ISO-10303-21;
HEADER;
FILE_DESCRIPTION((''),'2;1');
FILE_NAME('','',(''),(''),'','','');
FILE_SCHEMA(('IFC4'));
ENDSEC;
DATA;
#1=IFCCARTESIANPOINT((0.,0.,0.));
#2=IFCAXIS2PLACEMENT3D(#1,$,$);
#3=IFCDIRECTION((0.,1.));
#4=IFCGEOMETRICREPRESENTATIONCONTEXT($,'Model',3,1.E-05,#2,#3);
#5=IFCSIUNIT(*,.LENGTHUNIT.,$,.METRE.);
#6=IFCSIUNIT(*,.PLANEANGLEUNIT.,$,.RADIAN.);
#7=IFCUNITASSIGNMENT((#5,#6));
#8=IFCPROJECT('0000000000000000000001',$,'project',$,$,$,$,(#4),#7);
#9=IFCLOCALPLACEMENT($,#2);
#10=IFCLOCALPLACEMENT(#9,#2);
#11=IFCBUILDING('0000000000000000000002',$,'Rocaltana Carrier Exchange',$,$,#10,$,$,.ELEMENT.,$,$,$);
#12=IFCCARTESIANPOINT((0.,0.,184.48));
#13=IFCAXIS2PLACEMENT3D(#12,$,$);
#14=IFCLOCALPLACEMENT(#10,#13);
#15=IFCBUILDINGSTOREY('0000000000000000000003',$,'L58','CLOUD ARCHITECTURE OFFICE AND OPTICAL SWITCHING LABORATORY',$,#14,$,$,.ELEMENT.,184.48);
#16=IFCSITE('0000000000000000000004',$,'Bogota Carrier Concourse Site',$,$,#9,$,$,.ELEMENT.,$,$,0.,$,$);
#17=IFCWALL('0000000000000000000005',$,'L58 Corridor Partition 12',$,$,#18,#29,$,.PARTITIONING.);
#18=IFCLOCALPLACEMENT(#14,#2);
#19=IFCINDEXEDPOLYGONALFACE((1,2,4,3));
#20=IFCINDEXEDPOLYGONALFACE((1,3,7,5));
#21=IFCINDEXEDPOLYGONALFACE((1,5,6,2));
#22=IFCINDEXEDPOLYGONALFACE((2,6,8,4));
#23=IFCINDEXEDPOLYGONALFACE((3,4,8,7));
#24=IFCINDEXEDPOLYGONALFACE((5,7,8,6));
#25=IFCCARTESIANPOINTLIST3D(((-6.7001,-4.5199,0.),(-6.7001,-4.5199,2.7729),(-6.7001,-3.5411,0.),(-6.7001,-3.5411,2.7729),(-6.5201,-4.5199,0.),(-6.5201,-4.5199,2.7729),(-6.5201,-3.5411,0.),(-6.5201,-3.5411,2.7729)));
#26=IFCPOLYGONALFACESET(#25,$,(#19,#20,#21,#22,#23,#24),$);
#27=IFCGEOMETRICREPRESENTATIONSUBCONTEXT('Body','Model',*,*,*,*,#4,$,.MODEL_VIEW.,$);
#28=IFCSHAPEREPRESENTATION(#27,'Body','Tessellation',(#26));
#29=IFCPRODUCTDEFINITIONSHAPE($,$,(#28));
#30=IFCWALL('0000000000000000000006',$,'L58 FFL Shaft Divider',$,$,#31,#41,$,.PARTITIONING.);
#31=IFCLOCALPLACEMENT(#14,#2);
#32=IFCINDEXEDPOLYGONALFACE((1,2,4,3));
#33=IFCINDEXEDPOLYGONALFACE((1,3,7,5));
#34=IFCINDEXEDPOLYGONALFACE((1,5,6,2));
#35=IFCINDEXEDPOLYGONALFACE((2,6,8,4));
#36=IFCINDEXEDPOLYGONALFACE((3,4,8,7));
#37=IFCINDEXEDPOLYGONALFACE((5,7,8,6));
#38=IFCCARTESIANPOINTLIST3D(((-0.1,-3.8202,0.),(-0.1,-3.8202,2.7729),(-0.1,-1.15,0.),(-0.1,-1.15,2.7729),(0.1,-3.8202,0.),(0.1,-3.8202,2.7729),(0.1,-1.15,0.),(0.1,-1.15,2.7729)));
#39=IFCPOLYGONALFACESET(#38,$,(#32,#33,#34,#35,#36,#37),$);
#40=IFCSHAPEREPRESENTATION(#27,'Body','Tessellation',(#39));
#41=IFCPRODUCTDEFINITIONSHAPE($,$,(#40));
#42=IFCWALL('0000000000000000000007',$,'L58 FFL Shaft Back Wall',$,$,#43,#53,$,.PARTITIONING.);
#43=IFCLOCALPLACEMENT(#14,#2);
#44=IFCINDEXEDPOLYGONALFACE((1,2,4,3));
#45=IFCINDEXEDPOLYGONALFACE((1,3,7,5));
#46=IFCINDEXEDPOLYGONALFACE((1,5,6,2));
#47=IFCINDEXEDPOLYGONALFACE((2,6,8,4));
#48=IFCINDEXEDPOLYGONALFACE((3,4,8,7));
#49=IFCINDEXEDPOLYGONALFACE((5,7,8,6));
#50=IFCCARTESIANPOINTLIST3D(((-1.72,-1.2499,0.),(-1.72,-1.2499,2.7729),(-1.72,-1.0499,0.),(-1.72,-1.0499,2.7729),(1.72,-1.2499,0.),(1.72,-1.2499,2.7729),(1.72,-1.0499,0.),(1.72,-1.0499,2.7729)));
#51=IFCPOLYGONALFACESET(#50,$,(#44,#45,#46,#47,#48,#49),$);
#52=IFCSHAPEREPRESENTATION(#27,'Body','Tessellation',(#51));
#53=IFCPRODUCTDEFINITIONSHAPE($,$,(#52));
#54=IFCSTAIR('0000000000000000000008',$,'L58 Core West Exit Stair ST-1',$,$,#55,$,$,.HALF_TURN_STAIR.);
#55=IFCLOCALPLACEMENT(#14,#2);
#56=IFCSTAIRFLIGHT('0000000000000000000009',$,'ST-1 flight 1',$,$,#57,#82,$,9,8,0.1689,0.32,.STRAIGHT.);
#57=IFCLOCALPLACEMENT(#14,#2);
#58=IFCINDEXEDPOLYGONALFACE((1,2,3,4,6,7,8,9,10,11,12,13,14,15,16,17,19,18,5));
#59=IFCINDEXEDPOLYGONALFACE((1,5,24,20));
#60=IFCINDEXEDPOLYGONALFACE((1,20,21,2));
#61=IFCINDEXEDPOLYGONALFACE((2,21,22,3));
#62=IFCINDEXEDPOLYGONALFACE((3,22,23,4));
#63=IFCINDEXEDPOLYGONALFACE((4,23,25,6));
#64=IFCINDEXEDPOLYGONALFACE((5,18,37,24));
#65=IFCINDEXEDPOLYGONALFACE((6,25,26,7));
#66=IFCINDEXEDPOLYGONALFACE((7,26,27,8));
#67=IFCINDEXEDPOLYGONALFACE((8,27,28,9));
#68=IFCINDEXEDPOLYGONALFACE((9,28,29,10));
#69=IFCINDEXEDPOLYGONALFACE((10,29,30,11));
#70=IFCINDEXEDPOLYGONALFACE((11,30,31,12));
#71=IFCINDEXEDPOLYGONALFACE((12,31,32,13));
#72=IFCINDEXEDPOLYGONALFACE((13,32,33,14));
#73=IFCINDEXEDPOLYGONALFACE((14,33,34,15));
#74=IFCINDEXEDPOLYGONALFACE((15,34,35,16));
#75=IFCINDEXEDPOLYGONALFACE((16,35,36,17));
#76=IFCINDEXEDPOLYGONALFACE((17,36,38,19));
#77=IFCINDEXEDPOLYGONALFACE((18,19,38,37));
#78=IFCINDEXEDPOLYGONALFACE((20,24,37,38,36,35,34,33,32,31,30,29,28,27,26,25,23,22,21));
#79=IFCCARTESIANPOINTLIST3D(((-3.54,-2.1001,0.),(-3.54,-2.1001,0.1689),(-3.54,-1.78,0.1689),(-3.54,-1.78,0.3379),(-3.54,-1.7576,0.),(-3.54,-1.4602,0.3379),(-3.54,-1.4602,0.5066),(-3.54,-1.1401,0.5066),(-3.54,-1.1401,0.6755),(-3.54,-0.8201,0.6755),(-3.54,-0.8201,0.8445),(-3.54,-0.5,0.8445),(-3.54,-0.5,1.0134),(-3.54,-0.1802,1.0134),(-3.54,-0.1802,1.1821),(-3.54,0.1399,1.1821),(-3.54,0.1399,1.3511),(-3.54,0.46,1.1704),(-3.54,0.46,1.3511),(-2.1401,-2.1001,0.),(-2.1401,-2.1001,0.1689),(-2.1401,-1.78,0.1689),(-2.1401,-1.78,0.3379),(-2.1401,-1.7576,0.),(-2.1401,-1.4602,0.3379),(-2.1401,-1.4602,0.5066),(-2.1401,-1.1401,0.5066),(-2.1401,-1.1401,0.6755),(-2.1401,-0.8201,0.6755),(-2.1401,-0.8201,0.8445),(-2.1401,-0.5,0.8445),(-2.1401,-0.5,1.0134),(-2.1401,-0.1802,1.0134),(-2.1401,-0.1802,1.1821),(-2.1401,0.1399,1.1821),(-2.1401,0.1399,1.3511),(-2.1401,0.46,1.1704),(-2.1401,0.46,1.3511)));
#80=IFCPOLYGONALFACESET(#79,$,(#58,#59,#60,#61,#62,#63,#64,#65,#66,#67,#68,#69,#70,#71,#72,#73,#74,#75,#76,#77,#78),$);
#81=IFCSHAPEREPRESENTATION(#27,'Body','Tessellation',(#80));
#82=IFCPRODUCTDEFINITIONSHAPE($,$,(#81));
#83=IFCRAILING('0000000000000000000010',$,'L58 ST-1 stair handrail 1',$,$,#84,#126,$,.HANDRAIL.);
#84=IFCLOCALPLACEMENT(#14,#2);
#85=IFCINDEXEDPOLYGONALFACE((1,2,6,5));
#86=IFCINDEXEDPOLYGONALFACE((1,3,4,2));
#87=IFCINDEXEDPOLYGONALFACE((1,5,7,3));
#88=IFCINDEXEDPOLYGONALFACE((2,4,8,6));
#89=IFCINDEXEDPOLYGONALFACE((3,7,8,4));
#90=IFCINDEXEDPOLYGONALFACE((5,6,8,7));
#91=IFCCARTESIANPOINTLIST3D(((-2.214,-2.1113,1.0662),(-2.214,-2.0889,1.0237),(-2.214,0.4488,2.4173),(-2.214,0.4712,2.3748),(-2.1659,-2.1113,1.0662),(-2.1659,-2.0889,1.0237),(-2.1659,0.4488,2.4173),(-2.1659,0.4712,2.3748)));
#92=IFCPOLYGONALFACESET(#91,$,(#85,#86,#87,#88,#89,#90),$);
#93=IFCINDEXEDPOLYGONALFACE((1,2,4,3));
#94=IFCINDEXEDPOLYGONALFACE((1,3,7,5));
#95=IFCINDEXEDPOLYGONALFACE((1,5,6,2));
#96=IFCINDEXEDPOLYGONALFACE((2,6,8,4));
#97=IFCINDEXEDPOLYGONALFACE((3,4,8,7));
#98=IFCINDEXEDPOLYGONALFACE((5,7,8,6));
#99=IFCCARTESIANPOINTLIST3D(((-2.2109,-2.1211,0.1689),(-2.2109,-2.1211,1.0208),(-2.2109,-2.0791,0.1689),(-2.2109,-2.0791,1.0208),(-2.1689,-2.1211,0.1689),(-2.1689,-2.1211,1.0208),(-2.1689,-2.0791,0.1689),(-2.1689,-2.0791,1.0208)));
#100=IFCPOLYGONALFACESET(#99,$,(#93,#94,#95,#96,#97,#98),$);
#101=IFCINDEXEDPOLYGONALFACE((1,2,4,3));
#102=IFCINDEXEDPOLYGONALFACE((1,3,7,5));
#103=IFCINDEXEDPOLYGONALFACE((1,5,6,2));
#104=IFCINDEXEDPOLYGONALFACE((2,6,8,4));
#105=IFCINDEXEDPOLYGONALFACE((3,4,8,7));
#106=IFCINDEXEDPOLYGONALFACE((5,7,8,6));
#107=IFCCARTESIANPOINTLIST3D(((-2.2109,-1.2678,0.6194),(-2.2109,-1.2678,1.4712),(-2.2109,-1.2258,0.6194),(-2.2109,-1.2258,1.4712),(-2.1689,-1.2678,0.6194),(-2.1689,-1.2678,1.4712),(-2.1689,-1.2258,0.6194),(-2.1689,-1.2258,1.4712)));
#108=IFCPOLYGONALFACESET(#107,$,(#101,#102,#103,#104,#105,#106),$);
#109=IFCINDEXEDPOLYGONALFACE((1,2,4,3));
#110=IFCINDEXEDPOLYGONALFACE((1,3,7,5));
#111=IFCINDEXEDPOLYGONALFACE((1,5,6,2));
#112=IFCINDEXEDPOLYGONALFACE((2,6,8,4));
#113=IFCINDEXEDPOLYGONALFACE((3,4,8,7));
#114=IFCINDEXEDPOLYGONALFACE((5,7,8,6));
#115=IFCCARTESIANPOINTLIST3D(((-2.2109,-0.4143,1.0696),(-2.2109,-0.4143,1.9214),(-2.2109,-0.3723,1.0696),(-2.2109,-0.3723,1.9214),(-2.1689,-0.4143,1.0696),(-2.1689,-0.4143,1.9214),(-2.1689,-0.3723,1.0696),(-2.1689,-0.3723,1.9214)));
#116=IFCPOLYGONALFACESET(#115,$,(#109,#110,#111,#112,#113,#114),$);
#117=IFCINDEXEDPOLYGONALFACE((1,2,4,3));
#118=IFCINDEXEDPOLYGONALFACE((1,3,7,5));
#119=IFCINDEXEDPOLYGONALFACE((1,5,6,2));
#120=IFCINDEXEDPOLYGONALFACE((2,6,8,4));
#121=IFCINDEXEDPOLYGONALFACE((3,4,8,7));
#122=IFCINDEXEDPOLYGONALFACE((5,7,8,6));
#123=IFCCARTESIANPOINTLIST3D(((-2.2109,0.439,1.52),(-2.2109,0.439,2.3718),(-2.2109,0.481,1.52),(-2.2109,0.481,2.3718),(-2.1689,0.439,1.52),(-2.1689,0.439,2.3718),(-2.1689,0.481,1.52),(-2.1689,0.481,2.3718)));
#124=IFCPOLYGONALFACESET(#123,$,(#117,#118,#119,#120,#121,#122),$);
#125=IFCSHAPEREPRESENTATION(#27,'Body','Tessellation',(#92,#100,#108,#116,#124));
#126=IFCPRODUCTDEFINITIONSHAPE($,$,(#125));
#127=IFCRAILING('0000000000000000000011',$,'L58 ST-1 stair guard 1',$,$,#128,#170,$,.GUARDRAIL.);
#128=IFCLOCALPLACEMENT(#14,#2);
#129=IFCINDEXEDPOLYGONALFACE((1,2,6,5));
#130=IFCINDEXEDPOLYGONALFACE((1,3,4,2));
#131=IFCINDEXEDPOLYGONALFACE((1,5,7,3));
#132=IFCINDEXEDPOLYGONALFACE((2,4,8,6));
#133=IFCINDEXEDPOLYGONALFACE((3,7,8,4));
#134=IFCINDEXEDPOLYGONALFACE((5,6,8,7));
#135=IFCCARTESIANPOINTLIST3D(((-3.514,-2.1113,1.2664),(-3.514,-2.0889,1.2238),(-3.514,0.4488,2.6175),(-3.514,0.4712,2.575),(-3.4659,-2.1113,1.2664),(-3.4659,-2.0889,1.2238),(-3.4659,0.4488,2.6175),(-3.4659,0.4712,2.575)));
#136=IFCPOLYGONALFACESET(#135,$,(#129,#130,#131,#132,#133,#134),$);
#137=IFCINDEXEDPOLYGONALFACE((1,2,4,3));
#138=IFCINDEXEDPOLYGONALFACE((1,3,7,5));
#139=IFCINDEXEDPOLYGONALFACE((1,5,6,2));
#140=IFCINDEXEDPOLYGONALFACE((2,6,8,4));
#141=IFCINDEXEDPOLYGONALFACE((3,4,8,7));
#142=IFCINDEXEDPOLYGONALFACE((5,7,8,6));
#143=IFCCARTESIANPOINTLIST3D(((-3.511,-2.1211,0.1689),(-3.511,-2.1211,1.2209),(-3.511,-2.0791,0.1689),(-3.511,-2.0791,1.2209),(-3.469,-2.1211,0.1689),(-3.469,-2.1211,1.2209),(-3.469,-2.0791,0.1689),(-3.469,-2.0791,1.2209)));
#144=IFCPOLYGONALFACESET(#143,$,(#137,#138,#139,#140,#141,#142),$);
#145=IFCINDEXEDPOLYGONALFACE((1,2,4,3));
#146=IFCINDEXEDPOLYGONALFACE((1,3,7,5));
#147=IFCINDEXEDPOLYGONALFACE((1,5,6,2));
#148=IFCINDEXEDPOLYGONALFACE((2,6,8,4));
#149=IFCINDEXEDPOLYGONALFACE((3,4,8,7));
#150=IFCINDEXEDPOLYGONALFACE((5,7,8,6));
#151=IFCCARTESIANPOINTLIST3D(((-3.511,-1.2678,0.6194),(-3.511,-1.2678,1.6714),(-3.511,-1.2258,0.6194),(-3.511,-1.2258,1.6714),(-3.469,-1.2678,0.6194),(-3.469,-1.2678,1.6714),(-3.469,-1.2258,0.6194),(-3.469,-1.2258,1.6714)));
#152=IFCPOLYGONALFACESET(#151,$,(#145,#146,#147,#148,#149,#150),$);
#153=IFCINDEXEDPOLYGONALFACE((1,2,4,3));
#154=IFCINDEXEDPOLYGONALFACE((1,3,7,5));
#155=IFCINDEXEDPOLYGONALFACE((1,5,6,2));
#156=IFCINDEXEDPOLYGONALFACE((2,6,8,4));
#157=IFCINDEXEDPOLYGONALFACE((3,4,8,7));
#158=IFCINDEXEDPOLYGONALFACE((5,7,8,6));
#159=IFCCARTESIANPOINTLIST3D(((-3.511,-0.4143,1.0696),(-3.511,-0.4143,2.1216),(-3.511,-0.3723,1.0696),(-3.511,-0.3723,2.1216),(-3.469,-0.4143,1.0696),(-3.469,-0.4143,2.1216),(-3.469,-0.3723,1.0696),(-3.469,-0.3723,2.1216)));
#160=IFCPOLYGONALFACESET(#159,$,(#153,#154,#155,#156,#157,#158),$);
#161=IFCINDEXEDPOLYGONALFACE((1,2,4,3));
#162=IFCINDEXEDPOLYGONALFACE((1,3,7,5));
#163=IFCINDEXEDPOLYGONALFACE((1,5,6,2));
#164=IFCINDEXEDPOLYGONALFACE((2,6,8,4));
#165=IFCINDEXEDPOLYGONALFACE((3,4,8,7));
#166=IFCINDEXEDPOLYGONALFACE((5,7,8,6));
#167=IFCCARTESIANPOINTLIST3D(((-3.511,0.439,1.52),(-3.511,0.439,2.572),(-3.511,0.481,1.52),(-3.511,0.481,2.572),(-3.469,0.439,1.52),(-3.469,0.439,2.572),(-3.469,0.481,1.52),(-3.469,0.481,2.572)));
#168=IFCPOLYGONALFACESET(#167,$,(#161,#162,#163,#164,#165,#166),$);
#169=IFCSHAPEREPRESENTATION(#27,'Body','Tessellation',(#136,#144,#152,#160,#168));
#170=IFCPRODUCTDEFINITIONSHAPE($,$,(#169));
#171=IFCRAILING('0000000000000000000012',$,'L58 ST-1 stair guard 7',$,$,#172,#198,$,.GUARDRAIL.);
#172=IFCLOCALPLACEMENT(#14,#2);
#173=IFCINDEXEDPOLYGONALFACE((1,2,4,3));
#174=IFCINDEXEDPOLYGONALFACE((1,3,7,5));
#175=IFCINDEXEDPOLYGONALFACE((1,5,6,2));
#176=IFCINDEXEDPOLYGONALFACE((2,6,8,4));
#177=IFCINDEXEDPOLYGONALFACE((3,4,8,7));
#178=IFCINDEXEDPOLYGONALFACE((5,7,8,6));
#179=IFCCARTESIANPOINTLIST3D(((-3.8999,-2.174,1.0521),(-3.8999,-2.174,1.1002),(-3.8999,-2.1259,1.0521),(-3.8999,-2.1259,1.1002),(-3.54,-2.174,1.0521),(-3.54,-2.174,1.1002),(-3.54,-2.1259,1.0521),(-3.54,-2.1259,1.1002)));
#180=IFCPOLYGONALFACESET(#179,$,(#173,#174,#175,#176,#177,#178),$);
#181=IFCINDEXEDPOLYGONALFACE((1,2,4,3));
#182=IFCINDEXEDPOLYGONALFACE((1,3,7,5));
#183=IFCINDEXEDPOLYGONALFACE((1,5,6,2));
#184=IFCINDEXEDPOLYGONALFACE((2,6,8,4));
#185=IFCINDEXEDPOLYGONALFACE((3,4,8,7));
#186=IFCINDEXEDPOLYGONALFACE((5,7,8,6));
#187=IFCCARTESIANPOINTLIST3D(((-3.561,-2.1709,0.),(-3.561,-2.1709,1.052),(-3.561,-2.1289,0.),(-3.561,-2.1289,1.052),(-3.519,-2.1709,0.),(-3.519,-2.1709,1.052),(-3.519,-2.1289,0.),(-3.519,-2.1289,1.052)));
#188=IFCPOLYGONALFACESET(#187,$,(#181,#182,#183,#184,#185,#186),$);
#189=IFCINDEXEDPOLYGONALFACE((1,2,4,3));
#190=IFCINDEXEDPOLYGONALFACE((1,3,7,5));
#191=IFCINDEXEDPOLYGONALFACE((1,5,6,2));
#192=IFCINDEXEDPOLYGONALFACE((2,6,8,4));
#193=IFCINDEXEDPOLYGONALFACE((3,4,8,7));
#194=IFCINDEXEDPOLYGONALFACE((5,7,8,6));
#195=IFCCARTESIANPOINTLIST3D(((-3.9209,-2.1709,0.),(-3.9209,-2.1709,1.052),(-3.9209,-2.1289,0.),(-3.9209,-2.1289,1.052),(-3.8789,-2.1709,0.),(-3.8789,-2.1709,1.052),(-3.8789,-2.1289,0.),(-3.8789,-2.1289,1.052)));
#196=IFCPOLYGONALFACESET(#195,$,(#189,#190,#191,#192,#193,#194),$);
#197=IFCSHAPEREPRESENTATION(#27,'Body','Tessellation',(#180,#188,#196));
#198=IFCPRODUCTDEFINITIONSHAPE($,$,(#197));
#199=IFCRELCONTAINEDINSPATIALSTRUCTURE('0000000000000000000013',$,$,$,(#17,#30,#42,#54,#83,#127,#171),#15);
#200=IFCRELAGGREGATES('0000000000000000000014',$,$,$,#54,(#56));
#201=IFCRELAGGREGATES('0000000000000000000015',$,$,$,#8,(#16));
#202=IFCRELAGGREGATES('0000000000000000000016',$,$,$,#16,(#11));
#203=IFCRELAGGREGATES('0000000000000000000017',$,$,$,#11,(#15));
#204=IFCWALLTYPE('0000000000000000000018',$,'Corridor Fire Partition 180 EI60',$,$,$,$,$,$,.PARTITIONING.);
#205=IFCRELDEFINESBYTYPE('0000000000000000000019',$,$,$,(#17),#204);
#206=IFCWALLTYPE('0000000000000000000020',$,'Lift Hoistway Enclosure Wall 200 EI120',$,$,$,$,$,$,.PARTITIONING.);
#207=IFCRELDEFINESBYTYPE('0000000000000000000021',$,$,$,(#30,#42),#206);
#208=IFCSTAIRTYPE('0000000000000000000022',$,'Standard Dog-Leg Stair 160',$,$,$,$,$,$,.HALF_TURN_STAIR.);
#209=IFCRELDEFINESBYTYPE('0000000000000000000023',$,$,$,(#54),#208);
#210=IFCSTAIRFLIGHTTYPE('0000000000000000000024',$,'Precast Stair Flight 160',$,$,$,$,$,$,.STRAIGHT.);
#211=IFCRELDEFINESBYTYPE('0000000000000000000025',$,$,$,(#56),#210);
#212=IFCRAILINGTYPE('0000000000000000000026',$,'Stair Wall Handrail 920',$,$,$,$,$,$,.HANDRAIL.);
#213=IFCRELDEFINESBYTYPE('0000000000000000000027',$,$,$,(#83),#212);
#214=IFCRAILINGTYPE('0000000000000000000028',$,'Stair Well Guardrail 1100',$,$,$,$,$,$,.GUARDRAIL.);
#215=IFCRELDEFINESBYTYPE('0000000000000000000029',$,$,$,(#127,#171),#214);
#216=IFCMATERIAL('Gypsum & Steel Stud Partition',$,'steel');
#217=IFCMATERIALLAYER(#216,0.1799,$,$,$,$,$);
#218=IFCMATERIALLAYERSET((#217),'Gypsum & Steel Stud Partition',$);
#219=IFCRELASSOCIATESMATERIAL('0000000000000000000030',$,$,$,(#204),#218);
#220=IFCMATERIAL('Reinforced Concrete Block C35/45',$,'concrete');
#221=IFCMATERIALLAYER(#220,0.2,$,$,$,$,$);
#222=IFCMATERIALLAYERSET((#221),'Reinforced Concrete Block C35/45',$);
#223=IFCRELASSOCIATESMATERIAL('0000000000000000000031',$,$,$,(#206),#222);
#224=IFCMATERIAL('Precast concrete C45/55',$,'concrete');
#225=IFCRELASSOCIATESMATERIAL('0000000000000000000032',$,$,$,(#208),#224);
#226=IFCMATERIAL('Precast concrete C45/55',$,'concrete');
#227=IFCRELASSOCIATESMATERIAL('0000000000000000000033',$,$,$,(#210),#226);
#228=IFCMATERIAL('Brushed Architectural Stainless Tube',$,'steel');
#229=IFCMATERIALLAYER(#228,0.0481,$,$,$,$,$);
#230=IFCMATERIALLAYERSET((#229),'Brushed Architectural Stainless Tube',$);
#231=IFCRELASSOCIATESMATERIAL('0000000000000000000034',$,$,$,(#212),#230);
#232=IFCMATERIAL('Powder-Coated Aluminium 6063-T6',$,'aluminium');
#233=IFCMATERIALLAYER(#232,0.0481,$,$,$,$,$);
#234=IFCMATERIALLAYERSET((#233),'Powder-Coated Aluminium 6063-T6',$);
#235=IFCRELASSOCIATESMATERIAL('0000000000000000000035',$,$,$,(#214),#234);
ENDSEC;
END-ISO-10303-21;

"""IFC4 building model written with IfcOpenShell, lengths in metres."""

from ifc_helpers import new_model, si_unit, direction, frame, frame_2d, origin, origin_2d, place, context, subcontext, project, spatial, polyline, rectangle, outline, extrude, material, layer, layer_set, type_object, element, aggregate, save


model = new_model("IFC4")

# Units and contexts
model_context = context("Model", 3, precision=1e-05, world=origin(), true_north=direction((0.0, 1.0)))
body_context = subcontext(model_context, "Body", "Model", "MODEL_VIEW")
ifc_project = project(units=[si_unit("LENGTHUNIT", "METRE"), si_unit("PLANEANGLEUNIT", "RADIAN")], contexts=[model_context])

# Site, building, storey
site_placement = place(None, origin())
site = spatial("IfcSite", under=ifc_project, at=site_placement, Name="Bogota Carrier Concourse Site", CompositionType="ELEMENT", RefElevation=0.0)
building_placement = place(site_placement, origin())
building = spatial("IfcBuilding", under=site, at=building_placement, Name="Rocaltana Carrier Exchange", CompositionType="ELEMENT")
storey_placement = place(building_placement, frame((0.0, 0.0, 184.48)))
storey = spatial("IfcBuildingStorey", under=building, at=storey_placement, Name="L58", Description="CLOUD ARCHITECTURE OFFICE AND OPTICAL SWITCHING LABORATORY", CompositionType="ELEMENT", Elevation=184.48)

# Walls
ifc_material_1 = material(Name="Gypsum & Steel Stud Partition", Category="steel")
ifc_layer_1 = layer(ifc_material_1, 0.1799)
ifc_layer_set_1 = layer_set([ifc_layer_1], Name="Gypsum & Steel Stud Partition")
wall_type_1 = type_object("IfcWallType", Name="Corridor Fire Partition 180 EI60", PredefinedType="PARTITIONING", material=ifc_layer_set_1)
wall_1_placement = place(storey_placement, frame((-6.6101, -3.5413, 0.0), z_axis=(0.0, 0.0, 1.0), x_axis=(0.0, -1.0, 0.0)))
element("IfcWall", 1, at=wall_1_placement, inside=storey, type_object=wall_type_1, Name="L58 Corridor Partition 12", PredefinedType="PARTITIONING", context=body_context, shape_type="SweptSolid", body=[
    extrude(rectangle(XDim=0.9788, YDim=0.1799, at=frame_2d((0.4893, 0.0))), origin(), (0.0, 0.0, 1.0), 2.7729),
])
ifc_material_2 = material(Name="Reinforced Concrete Block C35/45", Category="concrete")
ifc_layer_2 = layer(ifc_material_2, 0.2)
ifc_layer_set_2 = layer_set([ifc_layer_2], Name="Reinforced Concrete Block C35/45")
wall_type_2 = type_object("IfcWallType", Name="Lift Hoistway Enclosure Wall 200 EI120", PredefinedType="PARTITIONING", material=ifc_layer_set_2)
wall_2_placement = place(storey_placement, frame((0.0, -3.8201, 0.0), z_axis=(0.0, 0.0, 1.0), x_axis=(0.0, 1.0, 0.0)))
element("IfcWall", 2, at=wall_2_placement, inside=storey, type_object=wall_type_2, Name="L58 FFL Shaft Divider", PredefinedType="PARTITIONING", context=body_context, shape_type="SweptSolid", body=[
    extrude(rectangle(XDim=2.6702, YDim=0.2, at=frame_2d((1.335, 0.0))), origin(), (0.0, 0.0, 1.0), 2.7729),
])
wall_3_placement = place(storey_placement, frame((-1.72, -1.1499, 0.0), z_axis=(0.0, 0.0, 1.0), x_axis=(1.0, 0.0, 0.0)))
element("IfcWall", 3, at=wall_3_placement, inside=storey, type_object=wall_type_2, Name="L58 FFL Shaft Back Wall", PredefinedType="PARTITIONING", context=body_context, shape_type="SweptSolid", body=[
    extrude(rectangle(XDim=3.4399, YDim=0.2, at=frame_2d((1.72, 0.0))), origin(), (0.0, 0.0, 1.0), 2.7729),
])

# Stair, stair flight
ifc_material_3 = material(Name="Precast concrete C45/55", Category="concrete")
stair_type = type_object("IfcStairType", Name="Standard Dog-Leg Stair 160", PredefinedType="HALF_TURN_STAIR", material=ifc_material_3)
stair_placement = place(storey_placement, origin())
stair = element("IfcStair", 4, at=stair_placement, inside=storey, type_object=stair_type, Name="L58 Core West Exit Stair ST-1", PredefinedType="HALF_TURN_STAIR")
ifc_material_4 = material(Name="Precast concrete C45/55", Category="concrete")
stair_flight_type = type_object("IfcStairFlightType", Name="Precast Stair Flight 160", PredefinedType="STRAIGHT", material=ifc_material_4)
stair_flight_placement = place(storey_placement, frame((-2.8401, -2.1001, 0.0), z_axis=(0.0, 0.0, 1.0), x_axis=(0.0, 1.0, 0.0)))
stair_flight = element("IfcStairFlight", 5, at=stair_flight_placement, type_object=stair_flight_type, Name="ST-1 flight 1", NumberOfRisers=9, NumberOfTreads=8, PredefinedType="STRAIGHT", RiserHeight=0.1689, TreadLength=0.32, context=body_context, shape_type="SweptSolid", body=[
    extrude(outline(polyline([(0.0, 0.0), (0.0, 0.1689), (0.3201, 0.1689), (0.3201, 0.3379), (0.6399, 0.3379), (0.6399, 0.5066), (0.96, 0.5066), (0.96, 0.6755), (1.28, 0.6755), (1.28, 0.8445), (1.6001, 0.8445), (1.6001, 1.0134), (1.9199, 1.0134), (1.9199, 1.1821), (2.24, 1.1821), (2.24, 1.3511), (2.5601, 1.3511), (2.5601, 1.52), (2.5601, 1.1704), (0.3425, 0.0), (0.0, 0.0)])), frame((0.0, 0.7, 0.0), z_axis=(0.0, -1.0, 0.0), x_axis=(1.0, 0.0, 0.0)), (0.0, 0.0, 1.0), 1.3999),
])
aggregate(stair, [stair_flight])

# Railings
ifc_material_5 = material(Name="Brushed Architectural Stainless Tube", Category="steel")
ifc_layer_3 = layer(ifc_material_5, 0.0481)
ifc_layer_set_3 = layer_set([ifc_layer_3], Name="Brushed Architectural Stainless Tube")
railing_type_1 = type_object("IfcRailingType", Name="Stair Wall Handrail 920", PredefinedType="HANDRAIL", material=ifc_layer_set_3)
railing_1_placement = place(storey_placement, frame((-2.1899, -2.1001, 0.1689)))
element("IfcRailing", 6, at=railing_1_placement, inside=storey, type_object=railing_type_1, Name="L58 ST-1 stair handrail 1", PredefinedType="HANDRAIL", context=body_context, shape_type="SweptSolid", body=[
    extrude(rectangle(XDim=0.0481, YDim=0.0481, at=origin_2d()), frame((0.0, 0.0, 0.876), z_axis=(0.0, 0.884394, 0.46674), x_axis=(-1.0, 0.0, 0.0)), (0.0, 0.0, 1.0), 2.8948),
    extrude(rectangle(XDim=0.042, YDim=0.042, at=origin_2d()), origin(), (0.0, 0.0, 1.0), 0.8518),
    extrude(rectangle(XDim=0.042, YDim=0.042, at=origin_2d()), frame((0.0, 0.8533, 0.4504)), (0.0, 0.0, 1.0), 0.8518),
    extrude(rectangle(XDim=0.042, YDim=0.042, at=origin_2d()), frame((0.0, 1.7068, 0.9006)), (0.0, 0.0, 1.0), 0.8518),
    extrude(rectangle(XDim=0.042, YDim=0.042, at=origin_2d()), frame((0.0, 2.5601, 1.3511)), (0.0, 0.0, 1.0), 0.8518),
])
ifc_material_6 = material(Name="Powder-Coated Aluminium 6063-T6", Category="aluminium")
ifc_layer_4 = layer(ifc_material_6, 0.0481)
ifc_layer_set_4 = layer_set([ifc_layer_4], Name="Powder-Coated Aluminium 6063-T6")
railing_type_2 = type_object("IfcRailingType", Name="Stair Well Guardrail 1100", PredefinedType="GUARDRAIL", material=ifc_layer_set_4)
railing_2_placement = place(storey_placement, frame((-3.49, -2.1001, 0.1689)))
element("IfcRailing", 7, at=railing_2_placement, inside=storey, type_object=railing_type_2, Name="L58 ST-1 stair guard 1", PredefinedType="GUARDRAIL", context=body_context, shape_type="SweptSolid", body=[
    extrude(rectangle(XDim=0.0481, YDim=0.0481, at=origin_2d()), frame((0.0, 0.0, 1.0762), z_axis=(0.0, 0.884394, 0.46674), x_axis=(-1.0, 0.0, 0.0)), (0.0, 0.0, 1.0), 2.8948),
    extrude(rectangle(XDim=0.042, YDim=0.042, at=origin_2d()), origin(), (0.0, 0.0, 1.0), 1.052),
    extrude(rectangle(XDim=0.042, YDim=0.042, at=origin_2d()), frame((0.0, 0.8533, 0.4504)), (0.0, 0.0, 1.0), 1.052),
    extrude(rectangle(XDim=0.042, YDim=0.042, at=origin_2d()), frame((0.0, 1.7068, 0.9006)), (0.0, 0.0, 1.0), 1.052),
    extrude(rectangle(XDim=0.042, YDim=0.042, at=origin_2d()), frame((0.0, 2.5601, 1.3511)), (0.0, 0.0, 1.0), 1.052),
])
railing_3_placement = place(storey_placement, frame((-3.54, -2.1499, 0.0)))
element("IfcRailing", 8, at=railing_3_placement, inside=storey, type_object=railing_type_2, Name="L58 ST-1 stair guard 7", PredefinedType="GUARDRAIL", context=body_context, shape_type="SweptSolid", body=[
    extrude(rectangle(XDim=0.0481, YDim=0.0481, at=origin_2d()), frame((0.0, 0.0, 1.0762), z_axis=(-1.0, 0.0, 0.0), x_axis=(0.0, -1.0, 0.0)), (0.0, 0.0, 1.0), 0.3599),
    extrude(rectangle(XDim=0.042, YDim=0.042, at=origin_2d()), origin(), (0.0, 0.0, 1.0), 1.052),
    extrude(rectangle(XDim=0.042, YDim=0.042, at=origin_2d()), frame((-0.3599, 0.0, 0.0)), (0.0, 0.0, 1.0), 1.052),
])

save(model, "model.ifc")
